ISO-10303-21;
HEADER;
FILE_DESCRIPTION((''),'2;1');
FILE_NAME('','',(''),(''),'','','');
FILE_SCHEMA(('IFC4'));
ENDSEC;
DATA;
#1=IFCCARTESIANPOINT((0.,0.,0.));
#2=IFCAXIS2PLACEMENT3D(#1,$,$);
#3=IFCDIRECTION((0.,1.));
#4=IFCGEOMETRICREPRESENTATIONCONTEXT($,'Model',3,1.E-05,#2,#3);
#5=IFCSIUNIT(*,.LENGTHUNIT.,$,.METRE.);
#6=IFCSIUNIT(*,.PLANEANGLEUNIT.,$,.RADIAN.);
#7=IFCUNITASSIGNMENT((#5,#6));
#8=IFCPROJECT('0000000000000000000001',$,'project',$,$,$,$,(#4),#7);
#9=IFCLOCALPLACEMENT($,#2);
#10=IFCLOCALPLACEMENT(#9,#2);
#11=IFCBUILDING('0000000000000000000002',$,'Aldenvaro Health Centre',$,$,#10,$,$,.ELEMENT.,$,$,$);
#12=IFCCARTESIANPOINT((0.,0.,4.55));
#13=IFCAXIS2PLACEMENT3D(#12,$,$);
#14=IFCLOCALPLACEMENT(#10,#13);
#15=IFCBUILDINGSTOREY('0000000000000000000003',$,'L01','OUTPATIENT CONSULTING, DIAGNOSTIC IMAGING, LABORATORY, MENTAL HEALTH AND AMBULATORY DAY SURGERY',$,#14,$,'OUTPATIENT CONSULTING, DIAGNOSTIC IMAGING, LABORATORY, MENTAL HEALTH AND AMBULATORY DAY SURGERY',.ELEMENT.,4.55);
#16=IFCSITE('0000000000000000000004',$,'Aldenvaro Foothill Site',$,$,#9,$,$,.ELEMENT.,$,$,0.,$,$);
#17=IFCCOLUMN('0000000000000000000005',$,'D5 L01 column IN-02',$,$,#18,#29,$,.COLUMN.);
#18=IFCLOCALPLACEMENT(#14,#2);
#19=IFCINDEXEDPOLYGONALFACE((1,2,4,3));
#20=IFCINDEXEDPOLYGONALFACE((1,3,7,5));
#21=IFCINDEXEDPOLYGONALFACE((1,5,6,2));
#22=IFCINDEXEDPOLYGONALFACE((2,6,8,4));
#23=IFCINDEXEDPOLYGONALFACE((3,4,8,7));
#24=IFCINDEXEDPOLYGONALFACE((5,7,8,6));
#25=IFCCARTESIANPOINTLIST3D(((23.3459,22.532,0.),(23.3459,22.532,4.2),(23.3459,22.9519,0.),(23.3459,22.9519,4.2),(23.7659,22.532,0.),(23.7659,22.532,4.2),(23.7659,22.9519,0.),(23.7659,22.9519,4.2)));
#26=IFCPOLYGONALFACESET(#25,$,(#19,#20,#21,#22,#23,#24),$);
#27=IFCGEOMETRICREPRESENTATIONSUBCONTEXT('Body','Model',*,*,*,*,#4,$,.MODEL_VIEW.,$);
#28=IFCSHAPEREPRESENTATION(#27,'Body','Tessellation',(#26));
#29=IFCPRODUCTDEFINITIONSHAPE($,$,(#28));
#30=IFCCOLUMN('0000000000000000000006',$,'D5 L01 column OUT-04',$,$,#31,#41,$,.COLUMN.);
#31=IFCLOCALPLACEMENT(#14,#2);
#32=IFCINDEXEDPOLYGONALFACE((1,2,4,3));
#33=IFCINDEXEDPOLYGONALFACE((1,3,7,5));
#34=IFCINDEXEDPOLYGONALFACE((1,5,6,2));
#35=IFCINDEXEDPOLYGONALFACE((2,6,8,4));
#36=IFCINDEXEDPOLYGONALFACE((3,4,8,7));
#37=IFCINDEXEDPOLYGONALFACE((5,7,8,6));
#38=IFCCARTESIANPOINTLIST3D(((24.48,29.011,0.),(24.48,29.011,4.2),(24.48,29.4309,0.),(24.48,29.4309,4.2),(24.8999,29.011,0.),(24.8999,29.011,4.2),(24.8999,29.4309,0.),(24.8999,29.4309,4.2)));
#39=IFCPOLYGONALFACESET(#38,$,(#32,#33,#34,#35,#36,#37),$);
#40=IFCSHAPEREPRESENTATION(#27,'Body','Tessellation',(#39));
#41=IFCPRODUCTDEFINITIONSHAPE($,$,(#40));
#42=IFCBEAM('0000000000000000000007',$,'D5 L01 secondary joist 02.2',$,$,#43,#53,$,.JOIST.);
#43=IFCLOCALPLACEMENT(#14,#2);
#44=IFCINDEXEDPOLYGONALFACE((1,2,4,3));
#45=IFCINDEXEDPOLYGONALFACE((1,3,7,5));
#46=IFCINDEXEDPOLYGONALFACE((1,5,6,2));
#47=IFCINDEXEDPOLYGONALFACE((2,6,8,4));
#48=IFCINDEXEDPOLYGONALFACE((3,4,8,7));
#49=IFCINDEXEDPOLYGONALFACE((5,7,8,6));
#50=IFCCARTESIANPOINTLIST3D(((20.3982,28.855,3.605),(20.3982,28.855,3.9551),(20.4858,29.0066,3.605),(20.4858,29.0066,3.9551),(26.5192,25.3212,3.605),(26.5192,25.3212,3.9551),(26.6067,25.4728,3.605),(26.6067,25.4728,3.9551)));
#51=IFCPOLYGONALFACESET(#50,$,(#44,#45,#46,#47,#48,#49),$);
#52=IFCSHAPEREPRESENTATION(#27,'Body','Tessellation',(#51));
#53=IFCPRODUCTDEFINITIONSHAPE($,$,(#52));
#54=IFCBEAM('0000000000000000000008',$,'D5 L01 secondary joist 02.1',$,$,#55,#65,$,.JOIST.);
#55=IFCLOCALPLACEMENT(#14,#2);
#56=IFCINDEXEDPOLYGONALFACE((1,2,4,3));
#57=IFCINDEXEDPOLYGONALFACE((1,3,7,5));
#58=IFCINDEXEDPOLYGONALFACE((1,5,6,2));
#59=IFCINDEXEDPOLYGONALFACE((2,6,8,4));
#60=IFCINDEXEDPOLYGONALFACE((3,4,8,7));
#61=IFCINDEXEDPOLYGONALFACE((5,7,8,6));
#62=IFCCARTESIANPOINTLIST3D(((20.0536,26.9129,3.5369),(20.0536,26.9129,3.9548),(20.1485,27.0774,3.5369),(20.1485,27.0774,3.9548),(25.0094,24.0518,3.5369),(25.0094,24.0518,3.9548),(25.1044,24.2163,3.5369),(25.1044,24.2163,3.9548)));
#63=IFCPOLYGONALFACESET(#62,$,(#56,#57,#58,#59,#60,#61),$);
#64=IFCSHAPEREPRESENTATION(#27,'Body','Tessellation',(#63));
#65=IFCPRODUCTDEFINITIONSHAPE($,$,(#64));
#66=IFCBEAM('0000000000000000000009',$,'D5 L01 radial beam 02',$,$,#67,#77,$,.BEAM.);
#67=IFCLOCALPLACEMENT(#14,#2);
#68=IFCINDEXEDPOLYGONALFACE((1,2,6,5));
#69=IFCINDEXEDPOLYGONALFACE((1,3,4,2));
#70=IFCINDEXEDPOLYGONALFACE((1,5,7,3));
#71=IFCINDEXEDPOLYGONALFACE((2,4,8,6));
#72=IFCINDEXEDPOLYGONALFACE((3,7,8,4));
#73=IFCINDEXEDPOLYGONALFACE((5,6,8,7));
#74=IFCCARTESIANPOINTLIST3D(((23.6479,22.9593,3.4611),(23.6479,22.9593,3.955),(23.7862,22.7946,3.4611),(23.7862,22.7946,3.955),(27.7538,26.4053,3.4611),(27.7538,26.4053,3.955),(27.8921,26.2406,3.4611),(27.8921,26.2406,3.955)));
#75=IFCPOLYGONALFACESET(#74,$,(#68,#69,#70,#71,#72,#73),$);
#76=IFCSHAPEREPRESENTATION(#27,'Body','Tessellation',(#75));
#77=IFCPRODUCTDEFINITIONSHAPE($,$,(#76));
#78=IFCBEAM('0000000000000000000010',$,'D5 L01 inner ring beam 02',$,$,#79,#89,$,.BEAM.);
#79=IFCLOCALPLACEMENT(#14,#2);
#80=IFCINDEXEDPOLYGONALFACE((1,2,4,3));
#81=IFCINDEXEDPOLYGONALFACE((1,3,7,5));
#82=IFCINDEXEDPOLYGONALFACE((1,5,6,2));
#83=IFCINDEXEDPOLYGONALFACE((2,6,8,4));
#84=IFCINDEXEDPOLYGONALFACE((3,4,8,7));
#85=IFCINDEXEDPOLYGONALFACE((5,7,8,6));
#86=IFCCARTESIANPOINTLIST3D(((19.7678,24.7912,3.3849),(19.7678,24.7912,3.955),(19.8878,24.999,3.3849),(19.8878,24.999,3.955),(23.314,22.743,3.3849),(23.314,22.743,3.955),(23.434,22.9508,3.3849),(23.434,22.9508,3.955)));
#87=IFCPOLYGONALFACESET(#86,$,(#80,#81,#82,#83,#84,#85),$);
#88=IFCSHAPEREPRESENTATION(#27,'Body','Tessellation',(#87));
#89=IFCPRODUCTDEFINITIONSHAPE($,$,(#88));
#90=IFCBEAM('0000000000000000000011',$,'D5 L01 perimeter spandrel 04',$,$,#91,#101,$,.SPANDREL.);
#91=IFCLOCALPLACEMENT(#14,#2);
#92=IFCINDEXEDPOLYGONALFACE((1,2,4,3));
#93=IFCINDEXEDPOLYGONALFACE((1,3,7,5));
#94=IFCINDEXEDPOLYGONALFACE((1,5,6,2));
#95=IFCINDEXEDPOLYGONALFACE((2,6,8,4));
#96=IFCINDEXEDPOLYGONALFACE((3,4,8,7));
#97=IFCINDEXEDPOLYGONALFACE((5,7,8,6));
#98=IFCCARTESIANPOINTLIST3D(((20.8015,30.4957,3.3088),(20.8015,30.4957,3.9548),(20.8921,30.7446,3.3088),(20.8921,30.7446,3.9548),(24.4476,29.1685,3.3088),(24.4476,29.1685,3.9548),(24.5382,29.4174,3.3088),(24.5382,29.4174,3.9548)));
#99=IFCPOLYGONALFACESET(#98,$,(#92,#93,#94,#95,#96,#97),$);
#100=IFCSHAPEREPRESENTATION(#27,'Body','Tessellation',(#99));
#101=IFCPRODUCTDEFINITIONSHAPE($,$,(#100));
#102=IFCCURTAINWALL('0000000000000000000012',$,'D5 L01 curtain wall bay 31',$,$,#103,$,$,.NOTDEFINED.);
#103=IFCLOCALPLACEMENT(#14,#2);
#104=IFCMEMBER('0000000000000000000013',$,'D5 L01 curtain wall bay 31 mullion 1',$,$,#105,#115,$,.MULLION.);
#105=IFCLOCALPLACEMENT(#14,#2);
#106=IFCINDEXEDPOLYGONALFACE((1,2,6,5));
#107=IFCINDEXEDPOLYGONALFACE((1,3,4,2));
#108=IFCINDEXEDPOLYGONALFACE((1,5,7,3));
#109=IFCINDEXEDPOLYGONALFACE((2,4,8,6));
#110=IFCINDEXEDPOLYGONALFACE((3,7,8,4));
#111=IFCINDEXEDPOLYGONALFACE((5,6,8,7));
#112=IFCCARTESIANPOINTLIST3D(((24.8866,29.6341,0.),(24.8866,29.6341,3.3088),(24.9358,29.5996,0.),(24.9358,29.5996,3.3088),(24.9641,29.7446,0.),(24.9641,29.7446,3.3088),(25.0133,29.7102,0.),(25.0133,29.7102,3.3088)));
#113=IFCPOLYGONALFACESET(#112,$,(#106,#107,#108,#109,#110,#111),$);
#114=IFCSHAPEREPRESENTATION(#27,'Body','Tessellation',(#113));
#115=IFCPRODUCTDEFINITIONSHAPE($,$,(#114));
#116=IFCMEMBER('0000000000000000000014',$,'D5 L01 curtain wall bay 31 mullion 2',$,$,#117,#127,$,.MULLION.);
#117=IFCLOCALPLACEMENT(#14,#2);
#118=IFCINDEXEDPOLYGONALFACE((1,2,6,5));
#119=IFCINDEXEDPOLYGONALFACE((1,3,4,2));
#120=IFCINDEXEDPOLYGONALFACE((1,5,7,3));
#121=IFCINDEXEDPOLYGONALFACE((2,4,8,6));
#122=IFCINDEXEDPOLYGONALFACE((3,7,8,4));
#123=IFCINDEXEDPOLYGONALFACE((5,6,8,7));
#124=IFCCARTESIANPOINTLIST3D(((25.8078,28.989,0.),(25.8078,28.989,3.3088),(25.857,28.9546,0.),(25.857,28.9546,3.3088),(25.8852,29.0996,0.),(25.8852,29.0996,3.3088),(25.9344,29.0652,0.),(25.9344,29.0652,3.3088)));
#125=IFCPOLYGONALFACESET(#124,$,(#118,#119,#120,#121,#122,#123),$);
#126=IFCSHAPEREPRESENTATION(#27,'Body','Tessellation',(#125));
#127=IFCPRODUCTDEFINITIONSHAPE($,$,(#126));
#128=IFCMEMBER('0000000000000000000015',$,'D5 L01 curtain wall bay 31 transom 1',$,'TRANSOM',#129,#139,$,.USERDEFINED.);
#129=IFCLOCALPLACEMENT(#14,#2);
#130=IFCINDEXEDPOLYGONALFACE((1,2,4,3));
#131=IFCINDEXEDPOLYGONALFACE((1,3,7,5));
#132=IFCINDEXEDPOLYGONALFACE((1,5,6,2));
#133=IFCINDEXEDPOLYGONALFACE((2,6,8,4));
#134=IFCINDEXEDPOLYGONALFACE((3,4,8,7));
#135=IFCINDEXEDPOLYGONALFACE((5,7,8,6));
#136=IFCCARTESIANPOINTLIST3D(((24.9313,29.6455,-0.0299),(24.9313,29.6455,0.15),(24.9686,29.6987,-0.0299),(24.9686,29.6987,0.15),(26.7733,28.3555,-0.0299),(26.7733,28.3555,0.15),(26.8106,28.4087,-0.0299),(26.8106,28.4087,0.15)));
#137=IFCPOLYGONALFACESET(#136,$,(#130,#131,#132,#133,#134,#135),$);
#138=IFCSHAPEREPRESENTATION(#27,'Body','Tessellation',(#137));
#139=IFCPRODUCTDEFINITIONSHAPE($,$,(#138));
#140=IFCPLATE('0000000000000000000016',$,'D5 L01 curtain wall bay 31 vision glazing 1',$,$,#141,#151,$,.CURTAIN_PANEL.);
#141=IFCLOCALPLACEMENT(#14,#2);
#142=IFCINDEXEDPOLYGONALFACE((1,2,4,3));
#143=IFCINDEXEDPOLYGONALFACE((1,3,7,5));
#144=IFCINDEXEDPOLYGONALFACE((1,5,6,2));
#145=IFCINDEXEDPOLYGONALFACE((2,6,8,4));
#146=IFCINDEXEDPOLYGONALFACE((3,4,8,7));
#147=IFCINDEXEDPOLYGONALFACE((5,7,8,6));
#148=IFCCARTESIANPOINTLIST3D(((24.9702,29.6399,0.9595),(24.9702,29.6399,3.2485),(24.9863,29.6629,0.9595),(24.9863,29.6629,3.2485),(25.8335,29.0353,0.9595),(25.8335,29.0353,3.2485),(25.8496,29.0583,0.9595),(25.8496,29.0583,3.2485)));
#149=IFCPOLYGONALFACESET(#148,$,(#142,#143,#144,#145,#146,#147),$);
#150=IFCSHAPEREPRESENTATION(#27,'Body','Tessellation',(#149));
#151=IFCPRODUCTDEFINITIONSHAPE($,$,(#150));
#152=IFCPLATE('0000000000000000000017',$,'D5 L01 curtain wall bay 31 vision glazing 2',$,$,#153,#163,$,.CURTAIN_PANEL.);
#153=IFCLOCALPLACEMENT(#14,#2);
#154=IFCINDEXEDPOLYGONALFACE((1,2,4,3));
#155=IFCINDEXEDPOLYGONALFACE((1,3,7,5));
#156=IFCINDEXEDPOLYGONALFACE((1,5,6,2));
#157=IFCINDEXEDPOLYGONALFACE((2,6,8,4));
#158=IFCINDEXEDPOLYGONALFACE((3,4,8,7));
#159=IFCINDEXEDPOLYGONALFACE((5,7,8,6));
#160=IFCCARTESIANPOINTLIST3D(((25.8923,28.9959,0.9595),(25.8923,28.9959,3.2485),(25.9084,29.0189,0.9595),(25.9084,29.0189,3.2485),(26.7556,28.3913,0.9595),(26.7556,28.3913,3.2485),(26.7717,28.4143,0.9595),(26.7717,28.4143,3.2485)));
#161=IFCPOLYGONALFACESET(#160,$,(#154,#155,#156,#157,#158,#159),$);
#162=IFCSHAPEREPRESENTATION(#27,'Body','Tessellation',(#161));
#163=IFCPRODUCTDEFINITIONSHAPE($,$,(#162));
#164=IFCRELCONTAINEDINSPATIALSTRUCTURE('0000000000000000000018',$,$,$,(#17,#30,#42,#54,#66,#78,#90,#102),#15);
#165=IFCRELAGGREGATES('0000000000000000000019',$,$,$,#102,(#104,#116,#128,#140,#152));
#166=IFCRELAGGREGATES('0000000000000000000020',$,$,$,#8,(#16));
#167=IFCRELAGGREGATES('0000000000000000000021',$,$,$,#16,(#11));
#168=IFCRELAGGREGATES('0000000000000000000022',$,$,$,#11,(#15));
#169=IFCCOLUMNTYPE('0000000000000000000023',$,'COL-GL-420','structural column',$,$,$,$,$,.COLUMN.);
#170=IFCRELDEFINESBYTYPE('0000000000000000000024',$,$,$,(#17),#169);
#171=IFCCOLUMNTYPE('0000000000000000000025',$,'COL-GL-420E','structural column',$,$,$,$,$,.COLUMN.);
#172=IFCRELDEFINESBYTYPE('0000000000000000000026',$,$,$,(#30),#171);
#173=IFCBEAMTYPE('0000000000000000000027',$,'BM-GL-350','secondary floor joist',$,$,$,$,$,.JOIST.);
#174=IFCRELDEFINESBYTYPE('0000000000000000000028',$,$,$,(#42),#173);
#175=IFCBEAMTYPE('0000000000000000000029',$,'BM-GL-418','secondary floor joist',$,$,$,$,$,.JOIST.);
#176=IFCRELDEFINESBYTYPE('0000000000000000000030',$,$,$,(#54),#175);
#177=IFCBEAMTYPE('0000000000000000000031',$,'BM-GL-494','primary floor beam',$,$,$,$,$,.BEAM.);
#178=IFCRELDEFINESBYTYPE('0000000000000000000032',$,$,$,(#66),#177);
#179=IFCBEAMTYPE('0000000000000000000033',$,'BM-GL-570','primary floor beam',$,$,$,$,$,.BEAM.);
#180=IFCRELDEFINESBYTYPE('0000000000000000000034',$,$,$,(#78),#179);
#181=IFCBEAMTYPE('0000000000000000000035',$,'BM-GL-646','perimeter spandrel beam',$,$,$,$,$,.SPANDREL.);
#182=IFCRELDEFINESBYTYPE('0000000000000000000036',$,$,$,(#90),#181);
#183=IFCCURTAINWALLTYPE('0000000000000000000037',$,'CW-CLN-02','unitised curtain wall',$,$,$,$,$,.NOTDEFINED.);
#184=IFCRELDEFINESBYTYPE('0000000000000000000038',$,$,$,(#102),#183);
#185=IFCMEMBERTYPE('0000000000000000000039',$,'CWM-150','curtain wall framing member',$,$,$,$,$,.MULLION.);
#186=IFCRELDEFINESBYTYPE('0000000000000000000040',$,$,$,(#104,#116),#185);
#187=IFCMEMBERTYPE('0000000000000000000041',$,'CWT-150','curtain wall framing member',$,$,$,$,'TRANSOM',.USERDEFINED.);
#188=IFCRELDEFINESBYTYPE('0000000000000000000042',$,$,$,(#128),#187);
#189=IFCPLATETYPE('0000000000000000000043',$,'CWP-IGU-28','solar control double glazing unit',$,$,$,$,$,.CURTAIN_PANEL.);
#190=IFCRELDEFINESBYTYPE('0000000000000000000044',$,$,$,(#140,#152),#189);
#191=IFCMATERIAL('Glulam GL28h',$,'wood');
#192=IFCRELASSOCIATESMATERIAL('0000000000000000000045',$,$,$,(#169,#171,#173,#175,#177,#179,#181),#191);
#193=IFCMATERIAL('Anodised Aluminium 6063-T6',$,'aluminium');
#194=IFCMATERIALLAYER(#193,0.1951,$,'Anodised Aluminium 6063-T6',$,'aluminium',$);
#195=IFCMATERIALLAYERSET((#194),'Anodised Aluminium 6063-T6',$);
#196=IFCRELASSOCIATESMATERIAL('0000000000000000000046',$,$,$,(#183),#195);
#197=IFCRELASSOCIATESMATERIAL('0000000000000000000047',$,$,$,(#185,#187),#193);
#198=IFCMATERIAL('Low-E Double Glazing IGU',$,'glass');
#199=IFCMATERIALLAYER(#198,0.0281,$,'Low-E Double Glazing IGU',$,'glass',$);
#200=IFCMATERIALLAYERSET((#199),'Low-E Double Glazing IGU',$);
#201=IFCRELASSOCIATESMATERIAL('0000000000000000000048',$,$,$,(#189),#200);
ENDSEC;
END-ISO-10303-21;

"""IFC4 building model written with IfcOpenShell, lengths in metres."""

from ifc_helpers import new_model, si_unit, direction, frame, origin, origin_2d, place, context, subcontext, project, spatial, rectangle, extrude, material, layer, layer_set, material_profile, profile_set, type_object, element, aggregate, save


model = new_model("IFC4")

# Units and contexts
model_context = context("Model", 3, precision=1e-05, world=origin(), true_north=direction((0.0, 1.0)))
body_context = subcontext(model_context, "Body", "Model", "MODEL_VIEW")
ifc_project = project(units=[si_unit("LENGTHUNIT", "METRE"), si_unit("PLANEANGLEUNIT", "RADIAN")], contexts=[model_context])

# Site, building, storey
site_placement = place(None, origin())
site = spatial("IfcSite", under=ifc_project, at=site_placement, Name="Aldenvaro Foothill Site", CompositionType="ELEMENT", RefElevation=0.0)
building_placement = place(site_placement, origin())
building = spatial("IfcBuilding", under=site, at=building_placement, Name="Aldenvaro Health Centre", CompositionType="ELEMENT")
storey_placement = place(building_placement, frame((0.0, 0.0, 4.55)))
storey = spatial("IfcBuildingStorey", under=building, at=storey_placement, Name="L01", Description="OUTPATIENT CONSULTING, DIAGNOSTIC IMAGING, LABORATORY, MENTAL HEALTH AND AMBULATORY DAY SURGERY", LongName="OUTPATIENT CONSULTING, DIAGNOSTIC IMAGING, LABORATORY, MENTAL HEALTH AND AMBULATORY DAY SURGERY", CompositionType="ELEMENT", Elevation=4.55)

# Columns
ifc_material_1 = material(Name="Glulam GL28h", Category="wood")
ifc_material_profile_1 = material_profile(ifc_material_1, rectangle(XDim=0.4199, YDim=0.4199, at=origin_2d()), Name="GL 420x420", Category="wood")
ifc_profile_set_1 = profile_set([ifc_material_profile_1], Name="Glulam GL28h")
column_type_1 = type_object("IfcColumnType", Name="COL-GL-420", Description="structural column", PredefinedType="COLUMN", material=ifc_profile_set_1)
column_1_placement = place(storey_placement, frame((23.5559, 22.7419, 0.0), z_axis=(0.0, 0.0, 1.0), x_axis=(1.0, 0.0, 0.0)))
element("IfcColumn", 1, at=column_1_placement, inside=storey, type_object=column_type_1, Name="D5 L01 column IN-02", PredefinedType="COLUMN", context=body_context, shape_type="SweptSolid", body=[
    extrude(rectangle(XDim=0.4199, YDim=0.4199, at=origin_2d()), origin(), (0.0, 0.0, 1.0), 4.2),
])
ifc_material_profile_2 = material_profile(ifc_material_1, rectangle(XDim=0.4199, YDim=0.4199, at=origin_2d()), Name="GL 420x420", Category="wood")
ifc_profile_set_2 = profile_set([ifc_material_profile_2], Name="Glulam GL28h")
column_type_2 = type_object("IfcColumnType", Name="COL-GL-420E", Description="structural column", PredefinedType="COLUMN", material=ifc_profile_set_2)
column_2_placement = place(storey_placement, frame((24.6899, 29.2209, 0.0), z_axis=(0.0, 0.0, 1.0), x_axis=(1.0, 0.0, 0.0)))
element("IfcColumn", 2, at=column_2_placement, inside=storey, type_object=column_type_2, Name="D5 L01 column OUT-04", PredefinedType="COLUMN", context=body_context, shape_type="SweptSolid", body=[
    extrude(rectangle(XDim=0.4199, YDim=0.4199, at=origin_2d()), origin(), (0.0, 0.0, 1.0), 4.2),
])

# Beams
ifc_material_profile_3 = material_profile(ifc_material_1, rectangle(XDim=0.175, YDim=0.3501, at=origin_2d()), Name="GL 175x350", Category="wood")
ifc_profile_set_3 = profile_set([ifc_material_profile_3], Name="Glulam GL28h")
beam_type_1 = type_object("IfcBeamType", Name="BM-GL-350", Description="secondary floor joist", PredefinedType="JOIST", material=ifc_profile_set_3)
beam_1_placement = place(storey_placement, frame((26.563, 25.397, 3.78), z_axis=(-0.86603, 0.499992, 0.0), x_axis=(-0.499992, -0.86603, 0.0)))
element("IfcBeam", 3, at=beam_1_placement, inside=storey, type_object=beam_type_1, Name="D5 L01 secondary joist 02.2", PredefinedType="JOIST", context=body_context, shape_type="SweptSolid", body=[
    extrude(rectangle(XDim=0.175, YDim=0.3501, at=origin_2d()), origin(), (0.0, 0.0, 1.0), 7.0679),
])
ifc_material_profile_4 = material_profile(ifc_material_1, rectangle(XDim=0.1899, YDim=0.418, at=origin_2d()), Name="GL 190x418", Category="wood")
ifc_profile_set_4 = profile_set([ifc_material_profile_4], Name="Glulam GL28h")
beam_type_2 = type_object("IfcBeamType", Name="BM-GL-418", Description="secondary floor joist", PredefinedType="JOIST", material=ifc_profile_set_4)
beam_2_placement = place(storey_placement, frame((25.0569, 24.134, 3.7458), z_axis=(-0.866037, 0.49998, 0.0), x_axis=(-0.49998, -0.866037, 0.0)))
element("IfcBeam", 4, at=beam_2_placement, inside=storey, type_object=beam_type_2, Name="D5 L01 secondary joist 02.1", PredefinedType="JOIST", context=body_context, shape_type="SweptSolid", body=[
    extrude(rectangle(XDim=0.1899, YDim=0.418, at=origin_2d()), origin(), (0.0, 0.0, 1.0), 5.7224),
])
ifc_material_profile_5 = material_profile(ifc_material_1, rectangle(XDim=0.2151, YDim=0.4939, at=origin_2d()), Name="GL 215x494", Category="wood")
ifc_profile_set_5 = profile_set([ifc_material_profile_5], Name="Glulam GL28h")
beam_type_3 = type_object("IfcBeamType", Name="BM-GL-494", Description="primary floor beam", PredefinedType="BEAM", material=ifc_profile_set_5)
beam_3_placement = place(storey_placement, frame((23.717, 22.877, 3.708), z_axis=(0.765977, 0.642868, 0.0), x_axis=(-0.642868, 0.765977, 0.0)))
element("IfcBeam", 5, at=beam_3_placement, inside=storey, type_object=beam_type_3, Name="D5 L01 radial beam 02", PredefinedType="BEAM", context=body_context, shape_type="SweptSolid", body=[
    extrude(rectangle(XDim=0.2151, YDim=0.4939, at=origin_2d()), origin(), (0.0, 0.0, 1.0), 5.3604),
])
ifc_material_profile_6 = material_profile(ifc_material_1, rectangle(XDim=0.24, YDim=0.5701, at=origin_2d()), Name="GL 240x570", Category="wood")
ifc_profile_set_6 = profile_set([ifc_material_profile_6], Name="Glulam GL28h")
beam_type_4 = type_object("IfcBeamType", Name="BM-GL-570", Description="primary floor beam", PredefinedType="BEAM", material=ifc_profile_set_6)
beam_4_placement = place(storey_placement, frame((23.374, 22.8469, 3.6699), z_axis=(-0.865948, 0.500134, 0.0), x_axis=(-0.500134, -0.865948, 0.0)))
element("IfcBeam", 6, at=beam_4_placement, inside=storey, type_object=beam_type_4, Name="D5 L01 inner ring beam 02", PredefinedType="BEAM", context=body_context, shape_type="SweptSolid", body=[
    extrude(rectangle(XDim=0.24, YDim=0.5701, at=origin_2d()), origin(), (0.0, 0.0, 1.0), 4.0952),
])
ifc_material_profile_7 = material_profile(ifc_material_1, rectangle(XDim=0.2649, YDim=0.646, at=origin_2d()), Name="GL 265x646", Category="wood")
ifc_profile_set_7 = profile_set([ifc_material_profile_7], Name="Glulam GL28h")
beam_type_5 = type_object("IfcBeamType", Name="BM-GL-646", Description="perimeter spandrel beam", PredefinedType="SPANDREL", material=ifc_profile_set_7)
beam_5_placement = place(storey_placement, frame((24.4929, 29.293, 3.6318), z_axis=(-0.939683, 0.342046, 0.0), x_axis=(-0.342046, -0.939683, 0.0)))
element("IfcBeam", 7, at=beam_5_placement, inside=storey, type_object=beam_type_5, Name="D5 L01 perimeter spandrel 04", PredefinedType="SPANDREL", context=body_context, shape_type="SweptSolid", body=[
    extrude(rectangle(XDim=0.2649, YDim=0.646, at=origin_2d()), origin(), (0.0, 0.0, 1.0), 3.8801),
])

# Curtain wall, members, plates
ifc_material_2 = material(Name="Anodised Aluminium 6063-T6", Category="aluminium")
ifc_layer_1 = layer(ifc_material_2, 0.1951, Name="Anodised Aluminium 6063-T6", Category="aluminium")
ifc_layer_set_1 = layer_set([ifc_layer_1], Name="Anodised Aluminium 6063-T6")
curtain_wall_type = type_object("IfcCurtainWallType", Name="CW-CLN-02", Description="unitised curtain wall", PredefinedType="NOTDEFINED", material=ifc_layer_set_1)
curtain_wall_placement = place(storey_placement, origin())
curtain_wall = element("IfcCurtainWall", 8, at=curtain_wall_placement, inside=storey, type_object=curtain_wall_type, Name="D5 L01 curtain wall bay 31", PredefinedType="NOTDEFINED")
ifc_material_profile_8 = material_profile(ifc_material_2, rectangle(XDim=0.0601, YDim=0.135, at=origin_2d()), Name="ALU 60x135", Category="aluminium")
ifc_profile_set_8 = profile_set([ifc_material_profile_8], Name="Anodised Aluminium 6063-T6")
member_type_1 = type_object("IfcMemberType", Name="CWM-150", Description="curtain wall framing member", PredefinedType="MULLION", material=ifc_profile_set_8)
member_1_placement = place(storey_placement, frame((24.95, 29.6721, 0.0), z_axis=(0.0, 0.0, 1.0), x_axis=(0.819107, -0.573641, 0.0)))
member_1 = element("IfcMember", 9, at=member_1_placement, type_object=member_type_1, Name="D5 L01 curtain wall bay 31 mullion 1", PredefinedType="MULLION", context=body_context, shape_type="SweptSolid", body=[
    extrude(rectangle(XDim=0.0601, YDim=0.135, at=origin_2d()), origin(), (0.0, 0.0, 1.0), 3.3088),
])
member_2_placement = place(storey_placement, frame((25.8711, 29.0271, 0.0), z_axis=(0.0, 0.0, 1.0), x_axis=(0.819107, -0.573641, 0.0)))
member_2 = element("IfcMember", 10, at=member_2_placement, type_object=member_type_1, Name="D5 L01 curtain wall bay 31 mullion 2", PredefinedType="MULLION", context=body_context, shape_type="SweptSolid", body=[
    extrude(rectangle(XDim=0.0601, YDim=0.135, at=origin_2d()), origin(), (0.0, 0.0, 1.0), 3.3088),
])
ifc_material_profile_9 = material_profile(ifc_material_2, rectangle(XDim=0.0649, YDim=0.1799, at=origin_2d()), Name="ALU 65x180", Category="aluminium")
ifc_profile_set_9 = profile_set([ifc_material_profile_9], Name="Anodised Aluminium 6063-T6")
member_type_2 = type_object("IfcMemberType", Name="CWT-150", Description="curtain wall framing member", ElementType="TRANSOM", PredefinedType="USERDEFINED", material=ifc_profile_set_9)
member_3_placement = place(storey_placement, frame((24.95, 29.6721, 0.0601), z_axis=(0.819104, -0.573644, 0.0), x_axis=(0.573644, 0.819104, 0.0)))
member_3 = element("IfcMember", 11, at=member_3_placement, type_object=member_type_2, Name="D5 L01 curtain wall bay 31 transom 1", ObjectType="TRANSOM", PredefinedType="USERDEFINED", context=body_context, shape_type="SweptSolid", body=[
    extrude(rectangle(XDim=0.0649, YDim=0.1799, at=origin_2d()), origin(), (0.0, 0.0, 1.0), 2.2488),
])
ifc_material_3 = material(Name="Low-E Double Glazing IGU", Category="glass")
ifc_layer_2 = layer(ifc_material_3, 0.0281, Name="Low-E Double Glazing IGU", Category="glass")
ifc_layer_set_2 = layer_set([ifc_layer_2], Name="Low-E Double Glazing IGU")
plate_type_1 = type_object("IfcPlateType", Name="CWP-IGU-28", Description="solar control double glazing unit", PredefinedType="CURTAIN_PANEL", material=ifc_layer_set_2)
plate_1_placement = place(storey_placement, frame((25.4099, 29.3491, 0.9595), z_axis=(0.0, 0.0, 1.0), x_axis=(0.819107, -0.573641, 0.0)))
plate_1 = element("IfcPlate", 12, at=plate_1_placement, type_object=plate_type_1, Name="D5 L01 curtain wall bay 31 vision glazing 1", PredefinedType="CURTAIN_PANEL", context=body_context, shape_type="SweptSolid", body=[
    extrude(rectangle(XDim=1.054, YDim=0.0281, at=origin_2d()), origin(), (0.0, 0.0, 1.0), 2.2891),
])
plate_2_placement = place(storey_placement, frame((26.332, 28.7051, 0.9595), z_axis=(0.0, 0.0, 1.0), x_axis=(0.819107, -0.573641, 0.0)))
plate_2 = element("IfcPlate", 13, at=plate_2_placement, type_object=plate_type_1, Name="D5 L01 curtain wall bay 31 vision glazing 2", PredefinedType="CURTAIN_PANEL", context=body_context, shape_type="SweptSolid", body=[
    extrude(rectangle(XDim=1.054, YDim=0.0281, at=origin_2d()), origin(), (0.0, 0.0, 1.0), 2.2891),
])
aggregate(curtain_wall, [member_1, member_2, member_3, plate_1, plate_2])

save(model, "model.ifc")
